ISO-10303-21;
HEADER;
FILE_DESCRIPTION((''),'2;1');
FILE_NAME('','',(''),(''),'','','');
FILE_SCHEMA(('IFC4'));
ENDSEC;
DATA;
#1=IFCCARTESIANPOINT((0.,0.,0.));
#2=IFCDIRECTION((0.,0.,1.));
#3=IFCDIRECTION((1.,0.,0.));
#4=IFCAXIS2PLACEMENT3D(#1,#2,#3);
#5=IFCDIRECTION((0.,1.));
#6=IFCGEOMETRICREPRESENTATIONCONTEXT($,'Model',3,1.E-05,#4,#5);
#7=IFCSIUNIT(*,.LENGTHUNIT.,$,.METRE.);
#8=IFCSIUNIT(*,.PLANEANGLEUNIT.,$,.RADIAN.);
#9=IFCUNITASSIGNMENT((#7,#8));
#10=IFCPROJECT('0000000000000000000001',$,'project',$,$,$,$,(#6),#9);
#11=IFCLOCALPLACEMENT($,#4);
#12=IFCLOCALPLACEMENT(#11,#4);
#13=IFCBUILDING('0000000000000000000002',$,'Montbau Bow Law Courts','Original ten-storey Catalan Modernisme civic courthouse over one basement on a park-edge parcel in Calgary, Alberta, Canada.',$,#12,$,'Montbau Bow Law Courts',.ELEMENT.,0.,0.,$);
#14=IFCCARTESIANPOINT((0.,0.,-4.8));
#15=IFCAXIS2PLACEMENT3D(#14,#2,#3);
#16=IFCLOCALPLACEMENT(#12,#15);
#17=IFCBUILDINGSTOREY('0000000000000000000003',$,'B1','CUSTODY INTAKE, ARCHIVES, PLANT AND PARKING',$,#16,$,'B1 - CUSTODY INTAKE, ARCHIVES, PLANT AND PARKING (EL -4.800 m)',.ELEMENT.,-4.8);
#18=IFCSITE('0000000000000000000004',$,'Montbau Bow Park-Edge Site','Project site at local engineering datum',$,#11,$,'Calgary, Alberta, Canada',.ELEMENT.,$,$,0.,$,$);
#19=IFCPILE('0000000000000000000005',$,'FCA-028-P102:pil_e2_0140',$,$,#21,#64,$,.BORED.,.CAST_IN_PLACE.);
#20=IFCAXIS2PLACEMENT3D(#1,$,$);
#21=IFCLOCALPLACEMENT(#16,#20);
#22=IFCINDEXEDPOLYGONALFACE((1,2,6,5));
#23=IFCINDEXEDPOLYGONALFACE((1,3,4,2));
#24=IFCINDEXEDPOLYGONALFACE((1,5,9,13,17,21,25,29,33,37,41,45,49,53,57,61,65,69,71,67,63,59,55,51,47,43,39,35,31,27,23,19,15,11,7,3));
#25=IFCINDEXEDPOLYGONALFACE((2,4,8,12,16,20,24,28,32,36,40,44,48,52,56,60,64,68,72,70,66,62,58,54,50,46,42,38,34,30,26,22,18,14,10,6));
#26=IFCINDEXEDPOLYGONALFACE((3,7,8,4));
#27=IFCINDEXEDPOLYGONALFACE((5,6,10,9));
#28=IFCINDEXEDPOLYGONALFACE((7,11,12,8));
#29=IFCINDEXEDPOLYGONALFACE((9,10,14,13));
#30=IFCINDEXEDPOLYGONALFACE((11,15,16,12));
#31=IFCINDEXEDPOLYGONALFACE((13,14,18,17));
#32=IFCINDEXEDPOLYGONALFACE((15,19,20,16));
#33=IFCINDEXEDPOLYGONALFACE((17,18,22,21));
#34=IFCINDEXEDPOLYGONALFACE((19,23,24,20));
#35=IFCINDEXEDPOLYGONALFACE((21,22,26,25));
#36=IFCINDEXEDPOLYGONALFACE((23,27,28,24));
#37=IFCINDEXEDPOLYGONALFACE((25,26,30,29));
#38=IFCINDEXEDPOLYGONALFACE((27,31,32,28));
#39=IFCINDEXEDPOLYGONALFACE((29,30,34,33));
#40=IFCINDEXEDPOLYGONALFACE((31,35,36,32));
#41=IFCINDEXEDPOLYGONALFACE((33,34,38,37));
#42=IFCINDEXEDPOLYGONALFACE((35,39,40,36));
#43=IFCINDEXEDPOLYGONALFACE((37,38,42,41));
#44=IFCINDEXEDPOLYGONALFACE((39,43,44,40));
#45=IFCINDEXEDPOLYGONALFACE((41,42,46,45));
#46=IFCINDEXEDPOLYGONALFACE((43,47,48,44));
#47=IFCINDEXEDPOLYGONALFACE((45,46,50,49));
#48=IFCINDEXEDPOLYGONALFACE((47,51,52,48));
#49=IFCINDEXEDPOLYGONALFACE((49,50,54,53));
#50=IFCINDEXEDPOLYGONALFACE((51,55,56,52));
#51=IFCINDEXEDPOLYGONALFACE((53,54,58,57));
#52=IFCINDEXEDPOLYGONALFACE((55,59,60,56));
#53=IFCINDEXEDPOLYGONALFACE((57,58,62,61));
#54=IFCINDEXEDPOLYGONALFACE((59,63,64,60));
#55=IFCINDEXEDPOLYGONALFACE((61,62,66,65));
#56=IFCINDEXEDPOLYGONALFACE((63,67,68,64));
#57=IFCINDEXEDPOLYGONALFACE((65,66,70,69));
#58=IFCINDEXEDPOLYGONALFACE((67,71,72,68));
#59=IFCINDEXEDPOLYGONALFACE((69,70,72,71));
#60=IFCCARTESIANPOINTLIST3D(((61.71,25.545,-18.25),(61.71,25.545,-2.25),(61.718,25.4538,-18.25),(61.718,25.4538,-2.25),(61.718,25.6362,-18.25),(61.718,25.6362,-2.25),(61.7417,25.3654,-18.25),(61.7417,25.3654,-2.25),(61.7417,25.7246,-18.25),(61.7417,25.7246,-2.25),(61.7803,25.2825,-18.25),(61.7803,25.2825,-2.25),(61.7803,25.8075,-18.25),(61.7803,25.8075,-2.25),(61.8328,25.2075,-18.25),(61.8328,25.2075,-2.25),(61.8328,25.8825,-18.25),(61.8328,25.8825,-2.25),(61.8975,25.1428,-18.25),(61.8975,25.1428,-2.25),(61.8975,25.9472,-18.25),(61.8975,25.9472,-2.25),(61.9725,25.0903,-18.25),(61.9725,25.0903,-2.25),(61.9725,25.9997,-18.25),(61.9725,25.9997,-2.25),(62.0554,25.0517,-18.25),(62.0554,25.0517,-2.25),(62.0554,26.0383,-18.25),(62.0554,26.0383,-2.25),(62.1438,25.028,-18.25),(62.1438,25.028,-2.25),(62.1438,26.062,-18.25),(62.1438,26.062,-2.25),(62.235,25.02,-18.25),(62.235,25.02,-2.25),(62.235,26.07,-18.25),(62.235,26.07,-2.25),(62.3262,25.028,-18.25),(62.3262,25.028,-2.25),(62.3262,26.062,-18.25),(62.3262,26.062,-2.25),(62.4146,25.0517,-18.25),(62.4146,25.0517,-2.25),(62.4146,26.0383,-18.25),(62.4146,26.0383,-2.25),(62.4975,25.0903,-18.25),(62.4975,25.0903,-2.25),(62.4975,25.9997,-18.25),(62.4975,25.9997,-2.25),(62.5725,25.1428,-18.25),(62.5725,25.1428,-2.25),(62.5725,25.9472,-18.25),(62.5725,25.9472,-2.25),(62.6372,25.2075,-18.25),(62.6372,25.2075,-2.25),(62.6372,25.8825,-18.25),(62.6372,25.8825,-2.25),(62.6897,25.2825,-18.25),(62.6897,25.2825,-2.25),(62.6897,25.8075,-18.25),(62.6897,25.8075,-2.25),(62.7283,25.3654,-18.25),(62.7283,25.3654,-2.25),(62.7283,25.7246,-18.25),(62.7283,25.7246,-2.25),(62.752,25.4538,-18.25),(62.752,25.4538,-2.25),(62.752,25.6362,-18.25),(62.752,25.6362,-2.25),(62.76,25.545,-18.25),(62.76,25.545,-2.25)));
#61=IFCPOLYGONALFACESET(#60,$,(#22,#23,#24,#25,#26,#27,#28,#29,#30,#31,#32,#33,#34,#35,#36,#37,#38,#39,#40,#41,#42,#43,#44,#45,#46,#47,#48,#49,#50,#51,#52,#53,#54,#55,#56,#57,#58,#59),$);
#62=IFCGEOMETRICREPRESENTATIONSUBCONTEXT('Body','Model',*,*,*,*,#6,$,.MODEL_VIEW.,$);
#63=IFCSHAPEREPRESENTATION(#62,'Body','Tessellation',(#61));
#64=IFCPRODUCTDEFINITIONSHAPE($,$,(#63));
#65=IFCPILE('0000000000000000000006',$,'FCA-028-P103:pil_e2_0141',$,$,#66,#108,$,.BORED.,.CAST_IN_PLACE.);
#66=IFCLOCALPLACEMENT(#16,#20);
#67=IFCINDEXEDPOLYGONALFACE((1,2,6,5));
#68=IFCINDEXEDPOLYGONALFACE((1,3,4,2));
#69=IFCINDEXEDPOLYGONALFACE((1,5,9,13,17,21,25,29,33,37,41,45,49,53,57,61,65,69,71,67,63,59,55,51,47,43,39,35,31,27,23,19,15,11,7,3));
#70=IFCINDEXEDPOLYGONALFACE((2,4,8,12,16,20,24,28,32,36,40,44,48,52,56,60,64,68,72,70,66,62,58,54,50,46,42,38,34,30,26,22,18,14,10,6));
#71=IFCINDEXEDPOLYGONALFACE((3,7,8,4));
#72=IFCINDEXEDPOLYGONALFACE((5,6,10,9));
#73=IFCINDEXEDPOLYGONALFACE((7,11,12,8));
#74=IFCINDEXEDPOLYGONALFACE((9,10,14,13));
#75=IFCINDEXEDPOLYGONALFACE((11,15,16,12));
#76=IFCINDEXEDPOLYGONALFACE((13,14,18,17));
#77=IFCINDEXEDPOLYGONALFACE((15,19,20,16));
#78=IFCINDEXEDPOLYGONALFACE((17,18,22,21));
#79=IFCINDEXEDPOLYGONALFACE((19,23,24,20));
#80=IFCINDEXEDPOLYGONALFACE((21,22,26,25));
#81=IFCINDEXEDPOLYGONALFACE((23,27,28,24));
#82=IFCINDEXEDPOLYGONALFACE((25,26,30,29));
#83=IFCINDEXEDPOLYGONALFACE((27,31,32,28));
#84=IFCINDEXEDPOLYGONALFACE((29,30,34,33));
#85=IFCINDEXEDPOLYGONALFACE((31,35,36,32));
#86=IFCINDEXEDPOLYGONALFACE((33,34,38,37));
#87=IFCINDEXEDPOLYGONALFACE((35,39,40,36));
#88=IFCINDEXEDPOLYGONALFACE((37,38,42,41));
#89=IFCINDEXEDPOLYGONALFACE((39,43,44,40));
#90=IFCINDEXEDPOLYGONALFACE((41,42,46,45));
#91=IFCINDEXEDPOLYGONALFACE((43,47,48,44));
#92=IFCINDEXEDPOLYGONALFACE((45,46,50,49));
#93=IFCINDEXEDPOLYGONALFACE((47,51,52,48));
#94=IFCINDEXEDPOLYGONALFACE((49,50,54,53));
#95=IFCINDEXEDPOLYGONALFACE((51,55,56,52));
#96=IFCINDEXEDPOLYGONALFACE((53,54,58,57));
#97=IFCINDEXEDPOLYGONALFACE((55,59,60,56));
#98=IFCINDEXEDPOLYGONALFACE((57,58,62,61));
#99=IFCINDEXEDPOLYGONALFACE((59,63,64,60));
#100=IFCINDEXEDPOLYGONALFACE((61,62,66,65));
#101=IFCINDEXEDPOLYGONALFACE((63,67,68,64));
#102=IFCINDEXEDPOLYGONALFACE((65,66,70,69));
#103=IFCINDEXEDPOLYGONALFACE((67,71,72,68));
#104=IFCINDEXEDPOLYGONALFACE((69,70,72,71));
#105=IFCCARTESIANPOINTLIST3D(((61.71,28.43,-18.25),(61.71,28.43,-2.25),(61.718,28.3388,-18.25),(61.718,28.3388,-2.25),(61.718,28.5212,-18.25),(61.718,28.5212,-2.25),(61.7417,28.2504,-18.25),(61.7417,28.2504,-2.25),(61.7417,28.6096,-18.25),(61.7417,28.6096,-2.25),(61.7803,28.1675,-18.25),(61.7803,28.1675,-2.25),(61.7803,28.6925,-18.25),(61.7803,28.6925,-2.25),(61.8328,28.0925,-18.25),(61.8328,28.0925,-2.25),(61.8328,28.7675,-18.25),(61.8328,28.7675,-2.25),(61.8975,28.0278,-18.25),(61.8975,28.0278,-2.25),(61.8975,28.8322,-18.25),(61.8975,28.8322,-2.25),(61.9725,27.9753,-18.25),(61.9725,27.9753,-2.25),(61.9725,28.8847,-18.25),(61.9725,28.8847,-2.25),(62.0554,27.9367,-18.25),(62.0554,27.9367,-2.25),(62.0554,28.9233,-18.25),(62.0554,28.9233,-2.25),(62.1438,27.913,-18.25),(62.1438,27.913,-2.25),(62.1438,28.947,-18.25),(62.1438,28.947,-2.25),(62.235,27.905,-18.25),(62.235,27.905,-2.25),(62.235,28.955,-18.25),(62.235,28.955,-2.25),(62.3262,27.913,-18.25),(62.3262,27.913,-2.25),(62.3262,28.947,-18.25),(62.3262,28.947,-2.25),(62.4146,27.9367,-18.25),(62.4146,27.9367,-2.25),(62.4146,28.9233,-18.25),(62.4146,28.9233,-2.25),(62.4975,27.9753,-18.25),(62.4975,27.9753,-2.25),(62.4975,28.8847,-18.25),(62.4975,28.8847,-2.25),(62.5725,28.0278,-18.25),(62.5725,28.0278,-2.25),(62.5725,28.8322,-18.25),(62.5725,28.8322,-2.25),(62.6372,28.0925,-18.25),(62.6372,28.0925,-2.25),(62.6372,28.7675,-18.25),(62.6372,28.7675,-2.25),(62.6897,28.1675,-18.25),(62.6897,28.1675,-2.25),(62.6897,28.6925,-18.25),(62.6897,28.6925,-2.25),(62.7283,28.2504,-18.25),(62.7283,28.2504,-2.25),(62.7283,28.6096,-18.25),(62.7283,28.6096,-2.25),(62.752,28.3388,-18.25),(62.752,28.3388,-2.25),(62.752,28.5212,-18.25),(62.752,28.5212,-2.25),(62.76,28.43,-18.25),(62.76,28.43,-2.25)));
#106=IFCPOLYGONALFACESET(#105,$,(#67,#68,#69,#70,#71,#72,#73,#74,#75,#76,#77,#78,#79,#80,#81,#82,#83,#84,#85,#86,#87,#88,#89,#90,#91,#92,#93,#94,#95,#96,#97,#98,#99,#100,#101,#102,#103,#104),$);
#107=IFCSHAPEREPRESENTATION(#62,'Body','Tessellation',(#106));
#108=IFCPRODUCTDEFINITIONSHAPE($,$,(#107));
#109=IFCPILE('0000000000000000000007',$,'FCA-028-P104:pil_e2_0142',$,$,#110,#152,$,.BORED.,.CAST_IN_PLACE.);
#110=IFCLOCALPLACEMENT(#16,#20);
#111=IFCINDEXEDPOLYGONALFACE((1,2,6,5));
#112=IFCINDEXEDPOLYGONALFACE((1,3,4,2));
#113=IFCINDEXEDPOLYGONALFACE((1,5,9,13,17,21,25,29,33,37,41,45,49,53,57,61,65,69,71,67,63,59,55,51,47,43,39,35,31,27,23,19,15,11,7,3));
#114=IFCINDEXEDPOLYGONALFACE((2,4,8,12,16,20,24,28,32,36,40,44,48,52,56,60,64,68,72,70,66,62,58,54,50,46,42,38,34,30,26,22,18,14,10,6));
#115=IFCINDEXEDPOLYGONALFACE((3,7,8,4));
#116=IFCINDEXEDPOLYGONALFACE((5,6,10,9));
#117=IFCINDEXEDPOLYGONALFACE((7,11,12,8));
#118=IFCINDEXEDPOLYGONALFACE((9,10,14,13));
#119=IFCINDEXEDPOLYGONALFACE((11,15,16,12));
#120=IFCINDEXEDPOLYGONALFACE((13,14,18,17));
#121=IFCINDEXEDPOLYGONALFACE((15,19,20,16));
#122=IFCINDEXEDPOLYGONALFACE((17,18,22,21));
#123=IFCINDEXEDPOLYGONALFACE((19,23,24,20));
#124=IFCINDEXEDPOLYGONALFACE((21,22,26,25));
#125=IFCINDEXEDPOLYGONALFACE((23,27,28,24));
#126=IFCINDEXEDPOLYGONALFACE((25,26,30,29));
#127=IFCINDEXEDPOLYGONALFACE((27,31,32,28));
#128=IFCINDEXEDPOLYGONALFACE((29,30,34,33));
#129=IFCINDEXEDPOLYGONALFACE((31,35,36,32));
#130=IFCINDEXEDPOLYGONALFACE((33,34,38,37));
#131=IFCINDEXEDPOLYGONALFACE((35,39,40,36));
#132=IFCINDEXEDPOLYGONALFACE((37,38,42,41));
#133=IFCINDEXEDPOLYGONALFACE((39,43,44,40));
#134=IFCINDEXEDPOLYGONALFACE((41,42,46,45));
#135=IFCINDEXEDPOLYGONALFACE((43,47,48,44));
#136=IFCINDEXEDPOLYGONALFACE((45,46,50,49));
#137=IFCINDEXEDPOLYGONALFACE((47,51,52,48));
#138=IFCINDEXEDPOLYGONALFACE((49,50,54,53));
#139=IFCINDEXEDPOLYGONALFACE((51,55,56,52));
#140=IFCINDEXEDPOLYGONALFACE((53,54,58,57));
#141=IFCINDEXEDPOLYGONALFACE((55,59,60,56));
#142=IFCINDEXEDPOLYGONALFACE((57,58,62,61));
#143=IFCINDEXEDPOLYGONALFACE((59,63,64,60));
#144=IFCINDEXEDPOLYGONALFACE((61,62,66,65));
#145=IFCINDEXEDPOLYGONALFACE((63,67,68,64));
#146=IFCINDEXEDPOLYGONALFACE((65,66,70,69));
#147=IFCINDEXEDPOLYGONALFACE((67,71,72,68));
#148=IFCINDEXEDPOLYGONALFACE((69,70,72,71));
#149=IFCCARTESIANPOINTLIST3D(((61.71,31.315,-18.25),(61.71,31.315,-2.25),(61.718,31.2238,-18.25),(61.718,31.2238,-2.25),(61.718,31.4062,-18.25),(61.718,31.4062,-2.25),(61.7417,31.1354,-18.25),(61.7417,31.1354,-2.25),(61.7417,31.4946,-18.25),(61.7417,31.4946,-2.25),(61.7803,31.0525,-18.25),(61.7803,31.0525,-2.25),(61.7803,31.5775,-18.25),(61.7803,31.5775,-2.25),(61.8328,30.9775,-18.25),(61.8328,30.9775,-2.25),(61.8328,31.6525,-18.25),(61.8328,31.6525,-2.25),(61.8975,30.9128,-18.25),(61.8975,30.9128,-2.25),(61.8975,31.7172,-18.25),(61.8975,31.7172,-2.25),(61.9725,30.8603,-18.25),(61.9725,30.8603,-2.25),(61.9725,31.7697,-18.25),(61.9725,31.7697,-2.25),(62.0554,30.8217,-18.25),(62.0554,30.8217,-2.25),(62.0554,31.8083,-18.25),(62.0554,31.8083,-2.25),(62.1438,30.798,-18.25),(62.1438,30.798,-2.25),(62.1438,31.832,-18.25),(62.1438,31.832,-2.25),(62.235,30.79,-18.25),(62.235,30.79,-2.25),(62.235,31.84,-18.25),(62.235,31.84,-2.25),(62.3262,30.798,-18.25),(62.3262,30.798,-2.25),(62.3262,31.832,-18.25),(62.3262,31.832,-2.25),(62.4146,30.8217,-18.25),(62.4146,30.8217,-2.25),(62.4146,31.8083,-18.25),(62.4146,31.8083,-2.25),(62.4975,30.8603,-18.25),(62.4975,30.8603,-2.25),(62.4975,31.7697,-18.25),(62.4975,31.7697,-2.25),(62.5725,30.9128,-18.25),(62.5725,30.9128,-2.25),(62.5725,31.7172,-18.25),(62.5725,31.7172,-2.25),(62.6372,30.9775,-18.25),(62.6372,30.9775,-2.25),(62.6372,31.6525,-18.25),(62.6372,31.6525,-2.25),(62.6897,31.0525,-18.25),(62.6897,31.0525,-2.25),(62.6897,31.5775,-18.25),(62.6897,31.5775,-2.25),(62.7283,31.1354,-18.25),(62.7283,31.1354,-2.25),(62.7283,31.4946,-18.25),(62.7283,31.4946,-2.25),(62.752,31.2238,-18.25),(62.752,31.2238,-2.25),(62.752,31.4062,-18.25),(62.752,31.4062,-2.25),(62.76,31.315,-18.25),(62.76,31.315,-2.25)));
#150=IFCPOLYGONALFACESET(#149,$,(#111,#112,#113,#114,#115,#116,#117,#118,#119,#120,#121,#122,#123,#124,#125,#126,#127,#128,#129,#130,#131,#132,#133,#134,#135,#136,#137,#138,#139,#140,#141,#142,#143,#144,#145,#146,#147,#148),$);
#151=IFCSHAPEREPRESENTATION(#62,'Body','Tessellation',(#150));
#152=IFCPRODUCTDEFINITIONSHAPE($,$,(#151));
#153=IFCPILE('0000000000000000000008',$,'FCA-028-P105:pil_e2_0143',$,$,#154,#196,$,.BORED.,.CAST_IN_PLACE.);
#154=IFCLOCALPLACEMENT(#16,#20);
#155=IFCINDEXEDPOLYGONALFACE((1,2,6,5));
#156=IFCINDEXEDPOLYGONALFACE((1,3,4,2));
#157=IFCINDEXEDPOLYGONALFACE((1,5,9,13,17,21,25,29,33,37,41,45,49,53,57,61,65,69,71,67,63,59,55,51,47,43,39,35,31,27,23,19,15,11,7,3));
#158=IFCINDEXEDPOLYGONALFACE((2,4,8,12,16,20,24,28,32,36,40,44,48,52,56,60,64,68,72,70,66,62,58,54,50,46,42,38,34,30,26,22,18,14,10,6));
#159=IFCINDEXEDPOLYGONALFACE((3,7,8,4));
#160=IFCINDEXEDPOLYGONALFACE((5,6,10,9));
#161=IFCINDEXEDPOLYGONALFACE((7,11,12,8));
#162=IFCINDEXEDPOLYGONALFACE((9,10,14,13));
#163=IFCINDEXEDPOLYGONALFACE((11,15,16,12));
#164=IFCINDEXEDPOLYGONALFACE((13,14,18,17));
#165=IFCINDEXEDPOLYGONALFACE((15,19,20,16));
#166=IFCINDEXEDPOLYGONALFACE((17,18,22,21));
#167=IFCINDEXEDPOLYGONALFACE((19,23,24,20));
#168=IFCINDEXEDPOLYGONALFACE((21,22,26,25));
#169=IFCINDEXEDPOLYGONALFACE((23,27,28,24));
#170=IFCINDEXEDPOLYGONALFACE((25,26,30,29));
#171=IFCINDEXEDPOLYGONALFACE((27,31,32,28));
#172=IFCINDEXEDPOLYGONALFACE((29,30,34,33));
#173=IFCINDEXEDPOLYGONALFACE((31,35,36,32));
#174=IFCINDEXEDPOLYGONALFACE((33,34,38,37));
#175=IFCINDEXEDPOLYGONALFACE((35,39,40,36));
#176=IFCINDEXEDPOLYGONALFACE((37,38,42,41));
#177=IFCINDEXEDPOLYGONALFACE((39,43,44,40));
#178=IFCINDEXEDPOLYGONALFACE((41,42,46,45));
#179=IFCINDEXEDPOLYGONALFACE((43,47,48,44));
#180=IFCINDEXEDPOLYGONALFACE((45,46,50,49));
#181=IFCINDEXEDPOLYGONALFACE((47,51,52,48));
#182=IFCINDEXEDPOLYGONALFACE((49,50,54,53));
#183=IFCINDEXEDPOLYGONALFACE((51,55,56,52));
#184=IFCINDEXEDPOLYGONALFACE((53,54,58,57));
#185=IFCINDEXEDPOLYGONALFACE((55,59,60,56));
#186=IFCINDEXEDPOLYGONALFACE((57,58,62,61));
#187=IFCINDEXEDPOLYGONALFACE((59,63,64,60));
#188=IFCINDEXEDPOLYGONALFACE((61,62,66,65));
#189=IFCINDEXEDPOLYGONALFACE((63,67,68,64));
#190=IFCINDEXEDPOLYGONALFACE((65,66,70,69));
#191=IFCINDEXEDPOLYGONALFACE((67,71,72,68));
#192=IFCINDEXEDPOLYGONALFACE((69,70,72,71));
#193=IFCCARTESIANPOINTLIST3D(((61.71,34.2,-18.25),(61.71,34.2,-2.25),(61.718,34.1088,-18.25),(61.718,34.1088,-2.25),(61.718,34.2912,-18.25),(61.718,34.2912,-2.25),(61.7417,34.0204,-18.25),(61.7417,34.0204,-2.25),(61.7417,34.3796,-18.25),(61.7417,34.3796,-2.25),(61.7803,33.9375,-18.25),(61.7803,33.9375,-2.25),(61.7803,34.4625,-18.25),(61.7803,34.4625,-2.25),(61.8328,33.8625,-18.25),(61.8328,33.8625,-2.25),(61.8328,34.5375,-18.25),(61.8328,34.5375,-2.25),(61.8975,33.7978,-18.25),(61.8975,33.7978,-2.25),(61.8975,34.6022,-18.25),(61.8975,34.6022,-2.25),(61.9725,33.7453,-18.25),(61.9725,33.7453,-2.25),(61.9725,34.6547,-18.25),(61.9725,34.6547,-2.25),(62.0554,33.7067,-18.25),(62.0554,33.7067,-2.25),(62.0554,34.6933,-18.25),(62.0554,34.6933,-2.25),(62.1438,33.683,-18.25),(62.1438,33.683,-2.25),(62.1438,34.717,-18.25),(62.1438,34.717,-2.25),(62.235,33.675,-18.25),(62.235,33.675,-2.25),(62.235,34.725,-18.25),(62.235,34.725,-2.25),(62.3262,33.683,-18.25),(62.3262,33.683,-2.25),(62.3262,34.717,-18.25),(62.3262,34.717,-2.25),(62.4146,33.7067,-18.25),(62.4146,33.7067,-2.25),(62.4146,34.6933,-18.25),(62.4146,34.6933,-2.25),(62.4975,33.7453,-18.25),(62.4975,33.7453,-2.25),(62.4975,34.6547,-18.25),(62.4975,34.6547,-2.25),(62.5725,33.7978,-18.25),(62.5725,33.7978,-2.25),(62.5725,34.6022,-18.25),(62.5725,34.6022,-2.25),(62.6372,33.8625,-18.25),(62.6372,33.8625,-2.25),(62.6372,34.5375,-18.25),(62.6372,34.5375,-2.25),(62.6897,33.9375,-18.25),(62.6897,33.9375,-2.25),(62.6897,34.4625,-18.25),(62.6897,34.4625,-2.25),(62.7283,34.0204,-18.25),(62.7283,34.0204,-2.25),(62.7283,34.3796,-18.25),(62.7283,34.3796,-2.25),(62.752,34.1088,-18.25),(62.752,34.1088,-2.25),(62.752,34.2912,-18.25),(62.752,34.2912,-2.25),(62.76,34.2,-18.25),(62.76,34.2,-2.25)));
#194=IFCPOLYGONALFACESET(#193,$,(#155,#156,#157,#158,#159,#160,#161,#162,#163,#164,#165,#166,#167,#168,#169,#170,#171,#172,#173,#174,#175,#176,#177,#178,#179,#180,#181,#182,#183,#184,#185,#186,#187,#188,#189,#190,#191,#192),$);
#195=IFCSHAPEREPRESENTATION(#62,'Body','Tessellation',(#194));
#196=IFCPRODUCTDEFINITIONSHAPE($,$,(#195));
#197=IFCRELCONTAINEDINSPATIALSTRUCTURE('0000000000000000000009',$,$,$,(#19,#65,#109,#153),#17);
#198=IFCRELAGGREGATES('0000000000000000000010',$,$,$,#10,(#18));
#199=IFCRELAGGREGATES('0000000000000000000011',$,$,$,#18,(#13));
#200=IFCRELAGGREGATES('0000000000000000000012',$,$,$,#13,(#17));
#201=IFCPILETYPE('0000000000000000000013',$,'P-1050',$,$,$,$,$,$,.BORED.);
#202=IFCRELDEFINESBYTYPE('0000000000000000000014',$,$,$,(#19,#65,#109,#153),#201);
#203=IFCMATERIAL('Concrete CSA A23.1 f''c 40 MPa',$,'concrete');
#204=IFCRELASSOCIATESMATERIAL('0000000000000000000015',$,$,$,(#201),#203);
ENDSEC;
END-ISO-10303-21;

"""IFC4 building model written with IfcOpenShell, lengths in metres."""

from ifc_helpers import new_model, si_unit, direction, frame, origin_with_axes, origin_2d_with_axis, place, context, subcontext, project, spatial, circle, extrude, material, material_profile, profile_set, type_object, element, save


model = new_model("IFC4")

# Units and contexts
model_context = context("Model", 3, precision=1e-05, world=origin_with_axes(), true_north=direction((0.0, 1.0)))
body_context = subcontext(model_context, "Body", "Model", "MODEL_VIEW")
ifc_project = project(units=[si_unit("LENGTHUNIT", "METRE"), si_unit("PLANEANGLEUNIT", "RADIAN")], contexts=[model_context])

# Site, building, storey
site_placement = place(None, origin_with_axes())
site = spatial("IfcSite", under=ifc_project, at=site_placement, Name="Montbau Bow Park-Edge Site", Description="Project site at local engineering datum", LongName="Calgary, Alberta, Canada", CompositionType="ELEMENT", RefElevation=0.0)
building_placement = place(site_placement, origin_with_axes())
building = spatial("IfcBuilding", under=site, at=building_placement, Name="Montbau Bow Law Courts", Description="Original ten-storey Catalan Modernisme civic courthouse over one basement on a park-edge parcel in Calgary, Alberta, Canada.", LongName="Montbau Bow Law Courts", CompositionType="ELEMENT", ElevationOfRefHeight=0.0, ElevationOfTerrain=0.0)
storey_placement = place(building_placement, frame((0.0, 0.0, -4.8), z_axis=(0.0, 0.0, 1.0), x_axis=(1.0, 0.0, 0.0)))
storey = spatial("IfcBuildingStorey", under=building, at=storey_placement, Name="B1", Description="CUSTODY INTAKE, ARCHIVES, PLANT AND PARKING", LongName="B1 - CUSTODY INTAKE, ARCHIVES, PLANT AND PARKING (EL -4.800 m)", CompositionType="ELEMENT", Elevation=-4.8)

# Piles
ifc_material_1 = material(Name="Concrete CSA A23.1 f'c 40 MPa", Category="concrete")
ifc_material_profile_1 = material_profile(ifc_material_1, circle(Radius=0.525, at=origin_2d_with_axis()), Name="BP1050", Category="Main", Priority=0)
ifc_profile_set_1 = profile_set([ifc_material_profile_1], Name="Concrete CSA A23.1 f'c 40 MPa")
pile_type = type_object("IfcPileType", Name="P-1050", PredefinedType="BORED", material=ifc_profile_set_1)
for number, where, z_axis, x_axis, name in (
    (1, (62.235, 25.545, -23.05), (0.0, 0.0, 1.0), (1.0, 0.0, 0.0), "FCA-028-P102:pil_e2_0140"),
    (2, (62.235, 28.43, -23.05), (0.0, 0.0, 1.0), (1.0, 0.0, 0.0), "FCA-028-P103:pil_e2_0141"),
    (3, (62.235, 31.315, -23.05), (0.0, 0.0, 1.0), (1.0, 0.0, 0.0), "FCA-028-P104:pil_e2_0142"),
    (4, (62.235, 34.2, -23.05), (0.0, 0.0, 1.0), (1.0, 0.0, 0.0), "FCA-028-P105:pil_e2_0143"),
):
    element("IfcPile", number, at=place(None, frame(where, z_axis=z_axis, x_axis=x_axis)), inside=storey, type_object=pile_type, Name=name, ConstructionType="CAST_IN_PLACE", PredefinedType="BORED", context=body_context, shape_type="SweptSolid", body=[
        extrude(circle(Radius=0.525, at=origin_2d_with_axis()), origin_with_axes(), (0.0, 0.0, 1.0), 16.0),
    ])

save(model, "model.ifc")
